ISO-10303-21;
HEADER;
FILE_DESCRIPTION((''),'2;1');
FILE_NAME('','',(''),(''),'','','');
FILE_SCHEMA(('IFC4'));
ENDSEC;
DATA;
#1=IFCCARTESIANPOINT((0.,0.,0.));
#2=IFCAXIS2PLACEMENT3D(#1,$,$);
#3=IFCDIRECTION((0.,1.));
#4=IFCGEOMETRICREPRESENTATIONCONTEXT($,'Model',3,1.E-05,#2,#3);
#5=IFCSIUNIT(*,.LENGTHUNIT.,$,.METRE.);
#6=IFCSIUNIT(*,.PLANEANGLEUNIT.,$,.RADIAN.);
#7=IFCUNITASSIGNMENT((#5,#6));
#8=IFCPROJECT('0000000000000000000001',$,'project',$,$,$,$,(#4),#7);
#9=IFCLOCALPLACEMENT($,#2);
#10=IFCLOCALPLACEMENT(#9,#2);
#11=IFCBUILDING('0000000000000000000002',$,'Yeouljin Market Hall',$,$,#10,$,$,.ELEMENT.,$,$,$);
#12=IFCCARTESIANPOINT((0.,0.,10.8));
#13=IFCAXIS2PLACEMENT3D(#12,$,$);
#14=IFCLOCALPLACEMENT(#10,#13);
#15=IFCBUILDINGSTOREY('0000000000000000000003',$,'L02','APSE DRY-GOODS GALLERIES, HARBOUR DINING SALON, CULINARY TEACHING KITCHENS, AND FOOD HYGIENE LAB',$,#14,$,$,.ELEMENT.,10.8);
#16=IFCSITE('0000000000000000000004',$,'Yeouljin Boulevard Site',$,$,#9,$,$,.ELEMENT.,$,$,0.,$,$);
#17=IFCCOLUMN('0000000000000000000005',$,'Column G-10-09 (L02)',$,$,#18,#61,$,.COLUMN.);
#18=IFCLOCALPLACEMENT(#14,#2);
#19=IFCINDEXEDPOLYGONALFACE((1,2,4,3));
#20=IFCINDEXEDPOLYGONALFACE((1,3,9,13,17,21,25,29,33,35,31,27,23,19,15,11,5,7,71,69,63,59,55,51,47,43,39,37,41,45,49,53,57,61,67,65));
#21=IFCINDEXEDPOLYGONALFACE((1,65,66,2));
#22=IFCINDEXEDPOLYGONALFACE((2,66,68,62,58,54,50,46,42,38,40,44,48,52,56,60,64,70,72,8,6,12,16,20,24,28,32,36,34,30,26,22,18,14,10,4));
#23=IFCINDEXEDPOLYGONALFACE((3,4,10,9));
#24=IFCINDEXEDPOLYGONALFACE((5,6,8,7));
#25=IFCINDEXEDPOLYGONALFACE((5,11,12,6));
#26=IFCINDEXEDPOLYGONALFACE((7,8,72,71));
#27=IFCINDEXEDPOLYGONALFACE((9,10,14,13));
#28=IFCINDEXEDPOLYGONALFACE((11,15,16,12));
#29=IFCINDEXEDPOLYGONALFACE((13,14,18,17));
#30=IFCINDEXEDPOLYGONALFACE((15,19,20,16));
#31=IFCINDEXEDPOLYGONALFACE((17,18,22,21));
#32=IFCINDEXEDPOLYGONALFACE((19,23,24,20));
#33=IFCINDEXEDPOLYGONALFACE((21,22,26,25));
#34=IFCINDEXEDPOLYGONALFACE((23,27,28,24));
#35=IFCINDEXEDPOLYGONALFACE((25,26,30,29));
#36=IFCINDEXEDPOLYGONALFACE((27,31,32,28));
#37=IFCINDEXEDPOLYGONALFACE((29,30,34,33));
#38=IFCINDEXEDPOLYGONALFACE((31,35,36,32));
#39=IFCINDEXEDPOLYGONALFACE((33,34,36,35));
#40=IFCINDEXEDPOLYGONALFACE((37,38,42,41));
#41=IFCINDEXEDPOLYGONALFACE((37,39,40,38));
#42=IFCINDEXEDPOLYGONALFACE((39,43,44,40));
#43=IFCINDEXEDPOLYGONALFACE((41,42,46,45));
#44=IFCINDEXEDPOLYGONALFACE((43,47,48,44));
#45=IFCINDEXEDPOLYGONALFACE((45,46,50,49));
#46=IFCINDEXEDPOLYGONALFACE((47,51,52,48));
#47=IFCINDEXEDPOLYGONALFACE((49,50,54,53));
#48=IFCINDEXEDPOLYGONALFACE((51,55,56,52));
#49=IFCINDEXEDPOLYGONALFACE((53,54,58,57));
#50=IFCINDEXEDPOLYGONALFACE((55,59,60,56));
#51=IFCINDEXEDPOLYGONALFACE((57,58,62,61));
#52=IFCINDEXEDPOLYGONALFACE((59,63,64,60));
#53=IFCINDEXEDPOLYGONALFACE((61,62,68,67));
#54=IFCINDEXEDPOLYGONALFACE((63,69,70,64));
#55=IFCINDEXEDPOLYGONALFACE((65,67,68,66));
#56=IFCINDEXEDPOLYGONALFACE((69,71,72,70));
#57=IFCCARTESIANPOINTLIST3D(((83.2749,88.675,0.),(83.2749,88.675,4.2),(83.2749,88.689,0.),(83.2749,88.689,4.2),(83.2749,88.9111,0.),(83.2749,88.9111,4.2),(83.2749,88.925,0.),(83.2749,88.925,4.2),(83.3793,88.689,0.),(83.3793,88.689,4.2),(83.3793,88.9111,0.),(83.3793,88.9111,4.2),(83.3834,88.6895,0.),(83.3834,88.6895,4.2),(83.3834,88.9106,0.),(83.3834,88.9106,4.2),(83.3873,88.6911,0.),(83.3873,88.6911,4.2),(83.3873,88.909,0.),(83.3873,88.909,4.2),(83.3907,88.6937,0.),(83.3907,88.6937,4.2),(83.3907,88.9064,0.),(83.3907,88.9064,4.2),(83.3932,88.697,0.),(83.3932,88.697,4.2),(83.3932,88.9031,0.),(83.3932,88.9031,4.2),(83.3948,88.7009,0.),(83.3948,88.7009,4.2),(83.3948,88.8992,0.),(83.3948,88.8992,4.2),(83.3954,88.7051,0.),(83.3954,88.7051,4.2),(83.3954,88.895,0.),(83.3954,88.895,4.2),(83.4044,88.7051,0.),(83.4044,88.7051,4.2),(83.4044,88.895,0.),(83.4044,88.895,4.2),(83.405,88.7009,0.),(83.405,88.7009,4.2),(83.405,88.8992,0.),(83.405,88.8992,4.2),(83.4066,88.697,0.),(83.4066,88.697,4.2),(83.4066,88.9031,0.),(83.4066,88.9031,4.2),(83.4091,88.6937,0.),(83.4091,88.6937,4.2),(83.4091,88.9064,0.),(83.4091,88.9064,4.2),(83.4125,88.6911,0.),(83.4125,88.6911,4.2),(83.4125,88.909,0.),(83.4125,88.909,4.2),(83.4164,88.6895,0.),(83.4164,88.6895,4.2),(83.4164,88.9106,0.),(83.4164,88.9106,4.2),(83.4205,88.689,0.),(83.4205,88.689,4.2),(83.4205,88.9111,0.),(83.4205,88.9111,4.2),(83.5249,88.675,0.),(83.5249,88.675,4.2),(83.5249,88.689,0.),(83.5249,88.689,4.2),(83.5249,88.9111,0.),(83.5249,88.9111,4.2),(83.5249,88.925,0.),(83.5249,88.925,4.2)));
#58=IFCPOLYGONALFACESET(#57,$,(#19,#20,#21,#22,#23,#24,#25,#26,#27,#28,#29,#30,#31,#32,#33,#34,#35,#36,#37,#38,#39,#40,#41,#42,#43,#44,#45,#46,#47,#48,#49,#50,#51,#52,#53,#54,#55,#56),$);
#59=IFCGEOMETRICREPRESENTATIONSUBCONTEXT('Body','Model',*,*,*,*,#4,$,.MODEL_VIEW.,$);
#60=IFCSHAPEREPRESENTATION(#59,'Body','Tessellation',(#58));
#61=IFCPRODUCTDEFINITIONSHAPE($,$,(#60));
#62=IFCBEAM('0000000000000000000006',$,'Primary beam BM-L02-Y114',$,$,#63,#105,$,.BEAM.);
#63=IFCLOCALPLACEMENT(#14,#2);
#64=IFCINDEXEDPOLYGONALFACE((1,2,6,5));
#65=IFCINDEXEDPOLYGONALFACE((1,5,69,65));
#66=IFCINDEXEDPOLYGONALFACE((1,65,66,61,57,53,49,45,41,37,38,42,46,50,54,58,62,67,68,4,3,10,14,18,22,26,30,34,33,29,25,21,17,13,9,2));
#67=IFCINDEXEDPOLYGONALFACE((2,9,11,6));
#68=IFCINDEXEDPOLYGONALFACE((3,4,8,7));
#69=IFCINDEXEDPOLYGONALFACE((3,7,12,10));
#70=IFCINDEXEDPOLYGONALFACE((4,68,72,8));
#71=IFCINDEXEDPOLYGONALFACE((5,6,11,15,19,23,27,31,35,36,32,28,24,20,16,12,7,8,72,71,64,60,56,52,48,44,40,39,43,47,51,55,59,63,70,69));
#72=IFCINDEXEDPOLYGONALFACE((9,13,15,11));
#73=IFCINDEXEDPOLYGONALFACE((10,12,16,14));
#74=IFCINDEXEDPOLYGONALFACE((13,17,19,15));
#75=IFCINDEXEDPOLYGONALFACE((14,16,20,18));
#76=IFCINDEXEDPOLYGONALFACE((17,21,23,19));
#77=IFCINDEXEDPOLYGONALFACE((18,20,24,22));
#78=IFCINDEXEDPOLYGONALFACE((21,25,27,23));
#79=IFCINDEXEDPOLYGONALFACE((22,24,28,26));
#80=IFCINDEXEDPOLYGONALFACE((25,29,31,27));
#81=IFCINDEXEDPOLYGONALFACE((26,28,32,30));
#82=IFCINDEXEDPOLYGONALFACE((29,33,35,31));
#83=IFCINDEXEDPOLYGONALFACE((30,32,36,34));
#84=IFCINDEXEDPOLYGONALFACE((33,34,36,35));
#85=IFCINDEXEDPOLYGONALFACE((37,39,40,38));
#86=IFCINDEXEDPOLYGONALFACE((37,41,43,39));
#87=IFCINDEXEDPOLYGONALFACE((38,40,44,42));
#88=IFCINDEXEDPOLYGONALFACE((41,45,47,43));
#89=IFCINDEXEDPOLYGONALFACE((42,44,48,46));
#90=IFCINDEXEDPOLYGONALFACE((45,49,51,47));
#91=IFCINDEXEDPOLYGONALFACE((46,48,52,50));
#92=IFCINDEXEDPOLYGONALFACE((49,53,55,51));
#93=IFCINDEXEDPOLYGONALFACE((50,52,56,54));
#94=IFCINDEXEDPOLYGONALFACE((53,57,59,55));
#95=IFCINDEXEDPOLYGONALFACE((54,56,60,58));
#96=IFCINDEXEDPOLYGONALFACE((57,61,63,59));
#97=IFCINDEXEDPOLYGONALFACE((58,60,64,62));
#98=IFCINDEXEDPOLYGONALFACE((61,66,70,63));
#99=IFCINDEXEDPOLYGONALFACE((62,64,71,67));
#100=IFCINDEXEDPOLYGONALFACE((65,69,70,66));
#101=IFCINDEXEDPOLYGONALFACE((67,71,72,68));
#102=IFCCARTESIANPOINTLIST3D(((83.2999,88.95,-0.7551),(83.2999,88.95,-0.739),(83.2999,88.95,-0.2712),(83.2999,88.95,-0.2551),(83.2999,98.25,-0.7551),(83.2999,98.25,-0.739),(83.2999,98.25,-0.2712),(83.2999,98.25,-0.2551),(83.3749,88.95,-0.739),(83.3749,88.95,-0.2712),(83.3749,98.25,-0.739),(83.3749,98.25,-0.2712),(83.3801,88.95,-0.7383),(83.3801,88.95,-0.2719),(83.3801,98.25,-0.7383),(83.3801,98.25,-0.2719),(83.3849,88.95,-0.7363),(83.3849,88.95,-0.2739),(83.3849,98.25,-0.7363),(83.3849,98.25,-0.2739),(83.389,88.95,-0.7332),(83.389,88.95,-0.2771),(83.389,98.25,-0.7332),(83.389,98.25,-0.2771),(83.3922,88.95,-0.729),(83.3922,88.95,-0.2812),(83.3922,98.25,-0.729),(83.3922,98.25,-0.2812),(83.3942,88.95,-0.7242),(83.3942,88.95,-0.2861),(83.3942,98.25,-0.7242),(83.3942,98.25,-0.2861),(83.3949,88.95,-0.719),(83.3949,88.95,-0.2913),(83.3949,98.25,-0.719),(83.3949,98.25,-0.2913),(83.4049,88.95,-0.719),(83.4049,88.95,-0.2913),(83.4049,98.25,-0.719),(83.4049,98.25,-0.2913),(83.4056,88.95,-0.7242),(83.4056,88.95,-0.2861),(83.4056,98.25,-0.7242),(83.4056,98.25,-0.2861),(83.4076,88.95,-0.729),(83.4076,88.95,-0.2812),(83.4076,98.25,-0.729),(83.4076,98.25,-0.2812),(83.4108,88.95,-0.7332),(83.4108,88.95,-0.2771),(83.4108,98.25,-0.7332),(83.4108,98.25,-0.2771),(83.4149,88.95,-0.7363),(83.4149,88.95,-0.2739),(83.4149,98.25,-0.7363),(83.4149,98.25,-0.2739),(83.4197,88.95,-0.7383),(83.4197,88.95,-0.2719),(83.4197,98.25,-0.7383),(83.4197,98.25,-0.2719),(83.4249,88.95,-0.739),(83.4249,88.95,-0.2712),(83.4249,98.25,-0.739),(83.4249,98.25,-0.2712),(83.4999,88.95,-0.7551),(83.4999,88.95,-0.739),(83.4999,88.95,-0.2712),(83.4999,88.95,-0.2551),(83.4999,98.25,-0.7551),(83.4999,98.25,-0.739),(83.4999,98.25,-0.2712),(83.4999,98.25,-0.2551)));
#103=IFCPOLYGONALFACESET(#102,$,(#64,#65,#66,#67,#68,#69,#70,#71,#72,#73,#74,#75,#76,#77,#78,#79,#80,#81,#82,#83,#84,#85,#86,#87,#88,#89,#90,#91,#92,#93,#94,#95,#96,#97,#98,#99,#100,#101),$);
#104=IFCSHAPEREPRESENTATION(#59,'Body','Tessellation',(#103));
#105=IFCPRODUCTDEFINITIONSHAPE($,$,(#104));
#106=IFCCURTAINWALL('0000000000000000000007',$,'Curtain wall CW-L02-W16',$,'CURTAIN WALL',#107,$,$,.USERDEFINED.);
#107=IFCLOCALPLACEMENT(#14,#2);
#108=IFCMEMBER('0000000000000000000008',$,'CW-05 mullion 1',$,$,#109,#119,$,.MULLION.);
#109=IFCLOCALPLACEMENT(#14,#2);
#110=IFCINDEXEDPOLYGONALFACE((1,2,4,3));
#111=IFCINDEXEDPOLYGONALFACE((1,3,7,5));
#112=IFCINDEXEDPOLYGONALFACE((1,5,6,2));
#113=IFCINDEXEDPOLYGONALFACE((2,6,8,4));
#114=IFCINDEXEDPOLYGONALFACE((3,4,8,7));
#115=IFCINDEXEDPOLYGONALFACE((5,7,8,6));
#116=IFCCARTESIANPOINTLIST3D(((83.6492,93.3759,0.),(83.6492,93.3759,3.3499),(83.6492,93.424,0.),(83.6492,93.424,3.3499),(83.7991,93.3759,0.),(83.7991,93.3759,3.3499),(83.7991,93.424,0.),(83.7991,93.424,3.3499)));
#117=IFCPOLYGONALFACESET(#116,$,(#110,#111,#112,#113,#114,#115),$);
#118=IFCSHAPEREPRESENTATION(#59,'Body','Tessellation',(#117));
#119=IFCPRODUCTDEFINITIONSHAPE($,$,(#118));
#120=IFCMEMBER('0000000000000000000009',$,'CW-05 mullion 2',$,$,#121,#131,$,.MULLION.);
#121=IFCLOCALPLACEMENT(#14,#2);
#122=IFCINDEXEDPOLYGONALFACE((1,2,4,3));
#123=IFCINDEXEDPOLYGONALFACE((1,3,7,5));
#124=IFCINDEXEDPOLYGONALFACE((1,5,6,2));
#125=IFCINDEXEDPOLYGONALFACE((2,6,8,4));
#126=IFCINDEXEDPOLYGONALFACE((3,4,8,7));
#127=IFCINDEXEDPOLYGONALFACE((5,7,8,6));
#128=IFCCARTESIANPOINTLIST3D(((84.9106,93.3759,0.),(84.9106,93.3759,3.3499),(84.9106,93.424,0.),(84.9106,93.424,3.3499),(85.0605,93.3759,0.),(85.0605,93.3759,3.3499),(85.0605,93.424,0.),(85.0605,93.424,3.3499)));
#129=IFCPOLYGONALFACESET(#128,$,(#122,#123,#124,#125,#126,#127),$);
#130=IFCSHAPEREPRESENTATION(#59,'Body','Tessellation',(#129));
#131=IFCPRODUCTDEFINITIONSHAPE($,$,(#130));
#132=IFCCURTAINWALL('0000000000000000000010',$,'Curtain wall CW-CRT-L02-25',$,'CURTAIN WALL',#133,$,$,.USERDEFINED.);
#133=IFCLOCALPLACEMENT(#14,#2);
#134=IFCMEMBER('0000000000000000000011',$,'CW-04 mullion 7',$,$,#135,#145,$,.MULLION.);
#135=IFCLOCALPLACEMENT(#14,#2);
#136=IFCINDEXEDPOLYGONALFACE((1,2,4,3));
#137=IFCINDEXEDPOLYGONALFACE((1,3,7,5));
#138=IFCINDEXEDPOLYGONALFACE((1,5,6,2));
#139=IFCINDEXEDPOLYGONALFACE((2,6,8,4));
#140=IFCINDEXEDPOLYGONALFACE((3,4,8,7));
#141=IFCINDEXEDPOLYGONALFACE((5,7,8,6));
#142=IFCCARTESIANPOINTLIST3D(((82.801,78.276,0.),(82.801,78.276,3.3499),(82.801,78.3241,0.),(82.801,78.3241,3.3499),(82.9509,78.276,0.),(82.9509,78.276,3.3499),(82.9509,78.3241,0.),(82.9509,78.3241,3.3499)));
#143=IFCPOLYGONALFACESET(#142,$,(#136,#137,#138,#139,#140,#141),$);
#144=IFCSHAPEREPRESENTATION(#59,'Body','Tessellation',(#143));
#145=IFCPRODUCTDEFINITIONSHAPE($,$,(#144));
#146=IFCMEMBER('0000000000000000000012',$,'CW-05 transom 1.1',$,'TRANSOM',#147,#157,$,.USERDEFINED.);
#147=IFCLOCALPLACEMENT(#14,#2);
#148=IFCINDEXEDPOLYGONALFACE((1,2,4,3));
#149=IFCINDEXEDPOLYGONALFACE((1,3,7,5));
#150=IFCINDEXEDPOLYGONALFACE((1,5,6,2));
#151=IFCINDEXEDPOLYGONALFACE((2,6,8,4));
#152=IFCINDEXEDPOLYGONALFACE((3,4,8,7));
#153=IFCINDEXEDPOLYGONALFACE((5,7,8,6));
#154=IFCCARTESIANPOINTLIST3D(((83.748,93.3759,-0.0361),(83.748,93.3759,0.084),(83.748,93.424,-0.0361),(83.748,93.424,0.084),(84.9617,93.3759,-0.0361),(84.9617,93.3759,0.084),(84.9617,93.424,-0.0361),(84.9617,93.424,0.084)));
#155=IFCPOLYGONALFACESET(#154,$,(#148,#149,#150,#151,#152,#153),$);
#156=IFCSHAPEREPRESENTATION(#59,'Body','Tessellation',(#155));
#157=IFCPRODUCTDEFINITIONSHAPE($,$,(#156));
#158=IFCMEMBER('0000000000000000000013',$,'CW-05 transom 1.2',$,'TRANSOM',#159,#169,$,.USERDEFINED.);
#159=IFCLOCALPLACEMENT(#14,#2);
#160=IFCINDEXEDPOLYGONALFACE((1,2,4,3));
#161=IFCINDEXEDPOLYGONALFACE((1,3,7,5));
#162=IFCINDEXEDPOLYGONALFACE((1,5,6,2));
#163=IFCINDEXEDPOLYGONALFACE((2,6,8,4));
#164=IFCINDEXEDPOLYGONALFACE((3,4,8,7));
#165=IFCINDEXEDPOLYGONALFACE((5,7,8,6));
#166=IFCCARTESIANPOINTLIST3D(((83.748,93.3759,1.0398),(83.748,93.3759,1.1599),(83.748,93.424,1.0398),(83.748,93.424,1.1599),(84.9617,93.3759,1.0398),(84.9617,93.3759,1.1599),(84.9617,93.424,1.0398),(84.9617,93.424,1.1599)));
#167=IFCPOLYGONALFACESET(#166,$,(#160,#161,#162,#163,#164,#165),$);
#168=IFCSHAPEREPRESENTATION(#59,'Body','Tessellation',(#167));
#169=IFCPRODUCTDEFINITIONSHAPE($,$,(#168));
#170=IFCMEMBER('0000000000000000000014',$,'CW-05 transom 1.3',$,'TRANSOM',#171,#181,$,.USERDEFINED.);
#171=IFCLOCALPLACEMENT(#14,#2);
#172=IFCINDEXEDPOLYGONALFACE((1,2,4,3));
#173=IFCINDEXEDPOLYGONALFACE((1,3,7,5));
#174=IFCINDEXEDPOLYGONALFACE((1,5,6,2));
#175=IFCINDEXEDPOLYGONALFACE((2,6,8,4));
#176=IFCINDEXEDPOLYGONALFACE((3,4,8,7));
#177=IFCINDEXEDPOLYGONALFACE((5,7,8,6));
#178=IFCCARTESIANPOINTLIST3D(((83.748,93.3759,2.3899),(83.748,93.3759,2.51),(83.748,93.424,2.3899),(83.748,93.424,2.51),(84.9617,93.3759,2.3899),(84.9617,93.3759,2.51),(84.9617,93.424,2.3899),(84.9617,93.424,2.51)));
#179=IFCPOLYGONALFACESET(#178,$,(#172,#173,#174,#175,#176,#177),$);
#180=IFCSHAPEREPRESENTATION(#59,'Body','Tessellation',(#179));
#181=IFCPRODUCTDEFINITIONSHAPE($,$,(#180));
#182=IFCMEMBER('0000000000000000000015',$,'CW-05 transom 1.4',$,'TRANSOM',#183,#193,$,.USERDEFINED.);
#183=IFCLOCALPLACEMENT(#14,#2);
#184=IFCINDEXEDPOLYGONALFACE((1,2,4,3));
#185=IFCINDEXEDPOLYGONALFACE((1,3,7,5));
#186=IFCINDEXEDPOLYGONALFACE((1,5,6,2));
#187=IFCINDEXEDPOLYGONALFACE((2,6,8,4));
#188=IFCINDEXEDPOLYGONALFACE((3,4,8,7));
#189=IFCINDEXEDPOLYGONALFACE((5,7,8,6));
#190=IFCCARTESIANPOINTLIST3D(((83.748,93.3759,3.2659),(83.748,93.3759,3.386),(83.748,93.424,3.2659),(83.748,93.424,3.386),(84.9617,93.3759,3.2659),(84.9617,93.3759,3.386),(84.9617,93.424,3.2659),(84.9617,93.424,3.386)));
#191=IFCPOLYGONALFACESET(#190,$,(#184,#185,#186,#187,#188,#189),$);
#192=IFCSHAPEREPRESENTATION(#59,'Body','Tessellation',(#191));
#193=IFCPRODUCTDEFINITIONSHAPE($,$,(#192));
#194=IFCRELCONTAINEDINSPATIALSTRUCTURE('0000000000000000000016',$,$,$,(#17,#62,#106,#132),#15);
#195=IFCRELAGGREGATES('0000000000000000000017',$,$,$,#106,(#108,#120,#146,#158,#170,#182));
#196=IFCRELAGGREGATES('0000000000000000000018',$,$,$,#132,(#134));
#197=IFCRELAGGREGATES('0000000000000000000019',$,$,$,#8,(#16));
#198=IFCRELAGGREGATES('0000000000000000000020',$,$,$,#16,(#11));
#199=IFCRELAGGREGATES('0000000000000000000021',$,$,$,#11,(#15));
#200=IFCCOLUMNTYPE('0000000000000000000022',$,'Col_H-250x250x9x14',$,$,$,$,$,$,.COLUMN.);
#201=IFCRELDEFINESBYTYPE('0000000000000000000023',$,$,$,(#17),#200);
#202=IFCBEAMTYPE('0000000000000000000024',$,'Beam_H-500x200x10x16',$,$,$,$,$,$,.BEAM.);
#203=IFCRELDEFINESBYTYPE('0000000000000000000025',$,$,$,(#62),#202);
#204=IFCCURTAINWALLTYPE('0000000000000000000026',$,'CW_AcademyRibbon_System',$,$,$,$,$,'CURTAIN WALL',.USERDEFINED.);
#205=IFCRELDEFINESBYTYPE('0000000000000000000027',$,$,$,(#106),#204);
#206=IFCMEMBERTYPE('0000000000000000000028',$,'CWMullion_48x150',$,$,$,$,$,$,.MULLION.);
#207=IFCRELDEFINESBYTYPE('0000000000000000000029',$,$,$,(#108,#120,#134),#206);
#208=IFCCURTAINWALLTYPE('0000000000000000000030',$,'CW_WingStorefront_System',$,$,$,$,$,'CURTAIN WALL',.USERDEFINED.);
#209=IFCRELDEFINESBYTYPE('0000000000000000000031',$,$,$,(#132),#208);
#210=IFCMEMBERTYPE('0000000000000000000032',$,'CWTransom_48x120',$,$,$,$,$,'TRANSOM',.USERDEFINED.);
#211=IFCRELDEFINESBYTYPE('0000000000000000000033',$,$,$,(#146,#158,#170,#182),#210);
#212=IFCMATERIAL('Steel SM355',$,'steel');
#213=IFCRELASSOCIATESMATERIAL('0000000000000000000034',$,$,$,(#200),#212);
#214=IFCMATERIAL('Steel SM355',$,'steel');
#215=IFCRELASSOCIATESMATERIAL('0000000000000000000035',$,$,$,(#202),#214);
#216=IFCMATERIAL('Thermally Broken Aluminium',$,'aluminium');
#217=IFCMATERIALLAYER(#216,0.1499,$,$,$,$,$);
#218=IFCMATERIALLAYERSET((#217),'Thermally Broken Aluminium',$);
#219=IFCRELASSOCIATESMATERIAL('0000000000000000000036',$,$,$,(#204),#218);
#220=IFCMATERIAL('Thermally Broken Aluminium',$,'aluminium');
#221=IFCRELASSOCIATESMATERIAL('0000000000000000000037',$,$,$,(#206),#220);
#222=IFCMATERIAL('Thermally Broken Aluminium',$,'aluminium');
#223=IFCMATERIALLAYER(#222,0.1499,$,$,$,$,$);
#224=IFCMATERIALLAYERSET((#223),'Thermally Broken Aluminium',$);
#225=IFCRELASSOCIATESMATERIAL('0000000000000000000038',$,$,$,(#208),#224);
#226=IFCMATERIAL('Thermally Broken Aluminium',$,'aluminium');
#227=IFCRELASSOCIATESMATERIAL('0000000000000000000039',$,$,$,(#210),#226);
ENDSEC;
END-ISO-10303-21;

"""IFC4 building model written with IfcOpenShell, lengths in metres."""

from ifc_helpers import new_model, si_unit, direction, frame, origin, origin_2d, place, context, subcontext, project, spatial, rectangle, i_section, extrude, material, layer, layer_set, material_profile, profile_set, type_object, element, aggregate, save


model = new_model("IFC4")

# Units and contexts
model_context = context("Model", 3, precision=1e-05, world=origin(), true_north=direction((0.0, 1.0)))
body_context = subcontext(model_context, "Body", "Model", "MODEL_VIEW")
ifc_project = project(units=[si_unit("LENGTHUNIT", "METRE"), si_unit("PLANEANGLEUNIT", "RADIAN")], contexts=[model_context])

# Site, building, storey
site_placement = place(None, origin())
site = spatial("IfcSite", under=ifc_project, at=site_placement, Name="Yeouljin Boulevard Site", CompositionType="ELEMENT", RefElevation=0.0)
building_placement = place(site_placement, origin())
building = spatial("IfcBuilding", under=site, at=building_placement, Name="Yeouljin Market Hall", CompositionType="ELEMENT")
storey_placement = place(building_placement, frame((0.0, 0.0, 10.8)))
storey = spatial("IfcBuildingStorey", under=building, at=storey_placement, Name="L02", Description="APSE DRY-GOODS GALLERIES, HARBOUR DINING SALON, CULINARY TEACHING KITCHENS, AND FOOD HYGIENE LAB", CompositionType="ELEMENT", Elevation=10.8)

# Column
ifc_material_1 = material(Name="Steel SM355", Category="steel")
ifc_material_profile_1 = material_profile(ifc_material_1, i_section(OverallWidth=0.25, OverallDepth=0.25, WebThickness=0.009, FlangeThickness=0.0139, FilletRadius=0.0161, at=origin_2d()), Name="H-250x250x9x14")
ifc_profile_set_1 = profile_set([ifc_material_profile_1], Name="Steel SM355")
column_type = type_object("IfcColumnType", Name="Col_H-250x250x9x14", PredefinedType="COLUMN", material=ifc_profile_set_1)
column_placement = place(storey_placement, frame((83.3999, 88.8, 0.0), z_axis=(0.0, 0.0, 1.0), x_axis=(1.0, 0.0, 0.0)))
element("IfcColumn", 1, at=column_placement, inside=storey, type_object=column_type, Name="Column G-10-09 (L02)", PredefinedType="COLUMN", context=body_context, shape_type="SweptSolid", body=[
    extrude(i_section(OverallWidth=0.25, OverallDepth=0.25, WebThickness=0.009, FlangeThickness=0.0139, FilletRadius=0.0161, at=origin_2d()), origin(), (0.0, 0.0, 1.0), 4.2),
])

# Beam
ifc_material_2 = material(Name="Steel SM355", Category="steel")
ifc_material_profile_2 = material_profile(ifc_material_2, i_section(OverallWidth=0.2, OverallDepth=0.5, WebThickness=0.01, FlangeThickness=0.0161, FilletRadius=0.02, at=origin_2d()), Name="H-500x200x10x16")
ifc_profile_set_2 = profile_set([ifc_material_profile_2], Name="Steel SM355")
beam_type_1 = type_object("IfcBeamType", Name="Beam_H-500x200x10x16", PredefinedType="BEAM", material=ifc_profile_set_2)
beam_1_placement = place(storey_placement, frame((83.3999, 88.95, -0.5051), z_axis=(0.0, 1.0, 0.0), x_axis=(-1.0, 0.0, 0.0)))
element("IfcBeam", 2, at=beam_1_placement, inside=storey, type_object=beam_type_1, Name="Primary beam BM-L02-Y114", PredefinedType="BEAM", context=body_context, shape_type="SweptSolid", body=[
    extrude(i_section(OverallWidth=0.2, OverallDepth=0.5, WebThickness=0.01, FlangeThickness=0.0161, FilletRadius=0.02, at=origin_2d()), origin(), (0.0, 0.0, 1.0), 9.3),
])

# Curtain wall, members
ifc_material_3 = material(Name="Thermally Broken Aluminium", Category="aluminium")
ifc_layer_1 = layer(ifc_material_3, 0.1499)
ifc_layer_set_1 = layer_set([ifc_layer_1], Name="Thermally Broken Aluminium")
curtain_wall_type_1 = type_object("IfcCurtainWallType", Name="CW_AcademyRibbon_System", ElementType="CURTAIN WALL", PredefinedType="USERDEFINED", material=ifc_layer_set_1)
curtain_wall_1_placement = place(storey_placement, origin())
curtain_wall_1 = element("IfcCurtainWall", 3, at=curtain_wall_1_placement, inside=storey, type_object=curtain_wall_type_1, Name="Curtain wall CW-L02-W16", ObjectType="CURTAIN WALL", PredefinedType="USERDEFINED")
ifc_material_4 = material(Name="Thermally Broken Aluminium", Category="aluminium")
ifc_material_profile_3 = material_profile(ifc_material_4, rectangle(XDim=0.0481, YDim=0.1499, at=origin_2d()), Name="CW-MULL-48x150")
ifc_profile_set_3 = profile_set([ifc_material_profile_3], Name="Thermally Broken Aluminium")
member_type_1 = type_object("IfcMemberType", Name="CWMullion_48x150", PredefinedType="MULLION", material=ifc_profile_set_3)
member_1_placement = place(storey_placement, frame((83.7241, 93.3999, 0.0), z_axis=(0.0, 0.0, 1.0), x_axis=(0.0, 1.0, 0.0)))
member_1 = element("IfcMember", 4, at=member_1_placement, type_object=member_type_1, Name="CW-05 mullion 1", PredefinedType="MULLION", context=body_context, shape_type="SweptSolid", body=[
    extrude(rectangle(XDim=0.0481, YDim=0.1499, at=origin_2d()), origin(), (0.0, 0.0, 1.0), 3.3499),
])
member_2_placement = place(storey_placement, frame((84.9856, 93.3999, 0.0), z_axis=(0.0, 0.0, 1.0), x_axis=(0.0, 1.0, 0.0)))
member_2 = element("IfcMember", 5, at=member_2_placement, type_object=member_type_1, Name="CW-05 mullion 2", PredefinedType="MULLION", context=body_context, shape_type="SweptSolid", body=[
    extrude(rectangle(XDim=0.0481, YDim=0.1499, at=origin_2d()), origin(), (0.0, 0.0, 1.0), 3.3499),
])

# Curtain wall, member
ifc_material_5 = material(Name="Thermally Broken Aluminium", Category="aluminium")
ifc_layer_2 = layer(ifc_material_5, 0.1499)
ifc_layer_set_2 = layer_set([ifc_layer_2], Name="Thermally Broken Aluminium")
curtain_wall_type_2 = type_object("IfcCurtainWallType", Name="CW_WingStorefront_System", ElementType="CURTAIN WALL", PredefinedType="USERDEFINED", material=ifc_layer_set_2)
curtain_wall_2_placement = place(storey_placement, origin())
curtain_wall_2 = element("IfcCurtainWall", 6, at=curtain_wall_2_placement, inside=storey, type_object=curtain_wall_type_2, Name="Curtain wall CW-CRT-L02-25", ObjectType="CURTAIN WALL", PredefinedType="USERDEFINED")
member_3_placement = place(storey_placement, frame((82.876, 78.3, 0.0), z_axis=(0.0, 0.0, 1.0), x_axis=(0.0, 1.0, 0.0)))
member_3 = element("IfcMember", 7, at=member_3_placement, type_object=member_type_1, Name="CW-04 mullion 7", PredefinedType="MULLION", context=body_context, shape_type="SweptSolid", body=[
    extrude(rectangle(XDim=0.0481, YDim=0.1499, at=origin_2d()), origin(), (0.0, 0.0, 1.0), 3.3499),
])

# Members
ifc_material_6 = material(Name="Thermally Broken Aluminium", Category="aluminium")
ifc_material_profile_4 = material_profile(ifc_material_6, rectangle(XDim=0.0481, YDim=0.1201, at=origin_2d()), Name="CW-TRAN-48x120")
ifc_profile_set_4 = profile_set([ifc_material_profile_4], Name="Thermally Broken Aluminium")
member_type_2 = type_object("IfcMemberType", Name="CWTransom_48x120", ElementType="TRANSOM", PredefinedType="USERDEFINED", material=ifc_profile_set_4)
member_4_placement = place(storey_placement, frame((83.748, 93.3999, 0.0239), z_axis=(1.0, 0.0, 0.0), x_axis=(0.0, 1.0, 0.0)))
member_4 = element("IfcMember", 8, at=member_4_placement, type_object=member_type_2, Name="CW-05 transom 1.1", ObjectType="TRANSOM", PredefinedType="USERDEFINED", context=body_context, shape_type="SweptSolid", body=[
    extrude(rectangle(XDim=0.0481, YDim=0.1201, at=origin_2d()), origin(), (0.0, 0.0, 1.0), 1.2136),
])
member_5_placement = place(storey_placement, frame((83.748, 93.3999, 1.0999), z_axis=(1.0, 0.0, 0.0), x_axis=(0.0, 1.0, 0.0)))
member_5 = element("IfcMember", 9, at=member_5_placement, type_object=member_type_2, Name="CW-05 transom 1.2", ObjectType="TRANSOM", PredefinedType="USERDEFINED", context=body_context, shape_type="SweptSolid", body=[
    extrude(rectangle(XDim=0.0481, YDim=0.1201, at=origin_2d()), origin(), (0.0, 0.0, 1.0), 1.2136),
])
member_6_placement = place(storey_placement, frame((83.748, 93.3999, 2.45), z_axis=(1.0, 0.0, 0.0), x_axis=(0.0, 1.0, 0.0)))
member_6 = element("IfcMember", 10, at=member_6_placement, type_object=member_type_2, Name="CW-05 transom 1.3", ObjectType="TRANSOM", PredefinedType="USERDEFINED", context=body_context, shape_type="SweptSolid", body=[
    extrude(rectangle(XDim=0.0481, YDim=0.1201, at=origin_2d()), origin(), (0.0, 0.0, 1.0), 1.2136),
])
member_7_placement = place(storey_placement, frame((83.748, 93.3999, 3.3259), z_axis=(1.0, 0.0, 0.0), x_axis=(0.0, 1.0, 0.0)))
member_7 = element("IfcMember", 11, at=member_7_placement, type_object=member_type_2, Name="CW-05 transom 1.4", ObjectType="TRANSOM", PredefinedType="USERDEFINED", context=body_context, shape_type="SweptSolid", body=[
    extrude(rectangle(XDim=0.0481, YDim=0.1201, at=origin_2d()), origin(), (0.0, 0.0, 1.0), 1.2136),
])

aggregate(curtain_wall_1, [member_1, member_2, member_4, member_5, member_6, member_7])
aggregate(curtain_wall_2, [member_3])

save(model, "model.ifc")
